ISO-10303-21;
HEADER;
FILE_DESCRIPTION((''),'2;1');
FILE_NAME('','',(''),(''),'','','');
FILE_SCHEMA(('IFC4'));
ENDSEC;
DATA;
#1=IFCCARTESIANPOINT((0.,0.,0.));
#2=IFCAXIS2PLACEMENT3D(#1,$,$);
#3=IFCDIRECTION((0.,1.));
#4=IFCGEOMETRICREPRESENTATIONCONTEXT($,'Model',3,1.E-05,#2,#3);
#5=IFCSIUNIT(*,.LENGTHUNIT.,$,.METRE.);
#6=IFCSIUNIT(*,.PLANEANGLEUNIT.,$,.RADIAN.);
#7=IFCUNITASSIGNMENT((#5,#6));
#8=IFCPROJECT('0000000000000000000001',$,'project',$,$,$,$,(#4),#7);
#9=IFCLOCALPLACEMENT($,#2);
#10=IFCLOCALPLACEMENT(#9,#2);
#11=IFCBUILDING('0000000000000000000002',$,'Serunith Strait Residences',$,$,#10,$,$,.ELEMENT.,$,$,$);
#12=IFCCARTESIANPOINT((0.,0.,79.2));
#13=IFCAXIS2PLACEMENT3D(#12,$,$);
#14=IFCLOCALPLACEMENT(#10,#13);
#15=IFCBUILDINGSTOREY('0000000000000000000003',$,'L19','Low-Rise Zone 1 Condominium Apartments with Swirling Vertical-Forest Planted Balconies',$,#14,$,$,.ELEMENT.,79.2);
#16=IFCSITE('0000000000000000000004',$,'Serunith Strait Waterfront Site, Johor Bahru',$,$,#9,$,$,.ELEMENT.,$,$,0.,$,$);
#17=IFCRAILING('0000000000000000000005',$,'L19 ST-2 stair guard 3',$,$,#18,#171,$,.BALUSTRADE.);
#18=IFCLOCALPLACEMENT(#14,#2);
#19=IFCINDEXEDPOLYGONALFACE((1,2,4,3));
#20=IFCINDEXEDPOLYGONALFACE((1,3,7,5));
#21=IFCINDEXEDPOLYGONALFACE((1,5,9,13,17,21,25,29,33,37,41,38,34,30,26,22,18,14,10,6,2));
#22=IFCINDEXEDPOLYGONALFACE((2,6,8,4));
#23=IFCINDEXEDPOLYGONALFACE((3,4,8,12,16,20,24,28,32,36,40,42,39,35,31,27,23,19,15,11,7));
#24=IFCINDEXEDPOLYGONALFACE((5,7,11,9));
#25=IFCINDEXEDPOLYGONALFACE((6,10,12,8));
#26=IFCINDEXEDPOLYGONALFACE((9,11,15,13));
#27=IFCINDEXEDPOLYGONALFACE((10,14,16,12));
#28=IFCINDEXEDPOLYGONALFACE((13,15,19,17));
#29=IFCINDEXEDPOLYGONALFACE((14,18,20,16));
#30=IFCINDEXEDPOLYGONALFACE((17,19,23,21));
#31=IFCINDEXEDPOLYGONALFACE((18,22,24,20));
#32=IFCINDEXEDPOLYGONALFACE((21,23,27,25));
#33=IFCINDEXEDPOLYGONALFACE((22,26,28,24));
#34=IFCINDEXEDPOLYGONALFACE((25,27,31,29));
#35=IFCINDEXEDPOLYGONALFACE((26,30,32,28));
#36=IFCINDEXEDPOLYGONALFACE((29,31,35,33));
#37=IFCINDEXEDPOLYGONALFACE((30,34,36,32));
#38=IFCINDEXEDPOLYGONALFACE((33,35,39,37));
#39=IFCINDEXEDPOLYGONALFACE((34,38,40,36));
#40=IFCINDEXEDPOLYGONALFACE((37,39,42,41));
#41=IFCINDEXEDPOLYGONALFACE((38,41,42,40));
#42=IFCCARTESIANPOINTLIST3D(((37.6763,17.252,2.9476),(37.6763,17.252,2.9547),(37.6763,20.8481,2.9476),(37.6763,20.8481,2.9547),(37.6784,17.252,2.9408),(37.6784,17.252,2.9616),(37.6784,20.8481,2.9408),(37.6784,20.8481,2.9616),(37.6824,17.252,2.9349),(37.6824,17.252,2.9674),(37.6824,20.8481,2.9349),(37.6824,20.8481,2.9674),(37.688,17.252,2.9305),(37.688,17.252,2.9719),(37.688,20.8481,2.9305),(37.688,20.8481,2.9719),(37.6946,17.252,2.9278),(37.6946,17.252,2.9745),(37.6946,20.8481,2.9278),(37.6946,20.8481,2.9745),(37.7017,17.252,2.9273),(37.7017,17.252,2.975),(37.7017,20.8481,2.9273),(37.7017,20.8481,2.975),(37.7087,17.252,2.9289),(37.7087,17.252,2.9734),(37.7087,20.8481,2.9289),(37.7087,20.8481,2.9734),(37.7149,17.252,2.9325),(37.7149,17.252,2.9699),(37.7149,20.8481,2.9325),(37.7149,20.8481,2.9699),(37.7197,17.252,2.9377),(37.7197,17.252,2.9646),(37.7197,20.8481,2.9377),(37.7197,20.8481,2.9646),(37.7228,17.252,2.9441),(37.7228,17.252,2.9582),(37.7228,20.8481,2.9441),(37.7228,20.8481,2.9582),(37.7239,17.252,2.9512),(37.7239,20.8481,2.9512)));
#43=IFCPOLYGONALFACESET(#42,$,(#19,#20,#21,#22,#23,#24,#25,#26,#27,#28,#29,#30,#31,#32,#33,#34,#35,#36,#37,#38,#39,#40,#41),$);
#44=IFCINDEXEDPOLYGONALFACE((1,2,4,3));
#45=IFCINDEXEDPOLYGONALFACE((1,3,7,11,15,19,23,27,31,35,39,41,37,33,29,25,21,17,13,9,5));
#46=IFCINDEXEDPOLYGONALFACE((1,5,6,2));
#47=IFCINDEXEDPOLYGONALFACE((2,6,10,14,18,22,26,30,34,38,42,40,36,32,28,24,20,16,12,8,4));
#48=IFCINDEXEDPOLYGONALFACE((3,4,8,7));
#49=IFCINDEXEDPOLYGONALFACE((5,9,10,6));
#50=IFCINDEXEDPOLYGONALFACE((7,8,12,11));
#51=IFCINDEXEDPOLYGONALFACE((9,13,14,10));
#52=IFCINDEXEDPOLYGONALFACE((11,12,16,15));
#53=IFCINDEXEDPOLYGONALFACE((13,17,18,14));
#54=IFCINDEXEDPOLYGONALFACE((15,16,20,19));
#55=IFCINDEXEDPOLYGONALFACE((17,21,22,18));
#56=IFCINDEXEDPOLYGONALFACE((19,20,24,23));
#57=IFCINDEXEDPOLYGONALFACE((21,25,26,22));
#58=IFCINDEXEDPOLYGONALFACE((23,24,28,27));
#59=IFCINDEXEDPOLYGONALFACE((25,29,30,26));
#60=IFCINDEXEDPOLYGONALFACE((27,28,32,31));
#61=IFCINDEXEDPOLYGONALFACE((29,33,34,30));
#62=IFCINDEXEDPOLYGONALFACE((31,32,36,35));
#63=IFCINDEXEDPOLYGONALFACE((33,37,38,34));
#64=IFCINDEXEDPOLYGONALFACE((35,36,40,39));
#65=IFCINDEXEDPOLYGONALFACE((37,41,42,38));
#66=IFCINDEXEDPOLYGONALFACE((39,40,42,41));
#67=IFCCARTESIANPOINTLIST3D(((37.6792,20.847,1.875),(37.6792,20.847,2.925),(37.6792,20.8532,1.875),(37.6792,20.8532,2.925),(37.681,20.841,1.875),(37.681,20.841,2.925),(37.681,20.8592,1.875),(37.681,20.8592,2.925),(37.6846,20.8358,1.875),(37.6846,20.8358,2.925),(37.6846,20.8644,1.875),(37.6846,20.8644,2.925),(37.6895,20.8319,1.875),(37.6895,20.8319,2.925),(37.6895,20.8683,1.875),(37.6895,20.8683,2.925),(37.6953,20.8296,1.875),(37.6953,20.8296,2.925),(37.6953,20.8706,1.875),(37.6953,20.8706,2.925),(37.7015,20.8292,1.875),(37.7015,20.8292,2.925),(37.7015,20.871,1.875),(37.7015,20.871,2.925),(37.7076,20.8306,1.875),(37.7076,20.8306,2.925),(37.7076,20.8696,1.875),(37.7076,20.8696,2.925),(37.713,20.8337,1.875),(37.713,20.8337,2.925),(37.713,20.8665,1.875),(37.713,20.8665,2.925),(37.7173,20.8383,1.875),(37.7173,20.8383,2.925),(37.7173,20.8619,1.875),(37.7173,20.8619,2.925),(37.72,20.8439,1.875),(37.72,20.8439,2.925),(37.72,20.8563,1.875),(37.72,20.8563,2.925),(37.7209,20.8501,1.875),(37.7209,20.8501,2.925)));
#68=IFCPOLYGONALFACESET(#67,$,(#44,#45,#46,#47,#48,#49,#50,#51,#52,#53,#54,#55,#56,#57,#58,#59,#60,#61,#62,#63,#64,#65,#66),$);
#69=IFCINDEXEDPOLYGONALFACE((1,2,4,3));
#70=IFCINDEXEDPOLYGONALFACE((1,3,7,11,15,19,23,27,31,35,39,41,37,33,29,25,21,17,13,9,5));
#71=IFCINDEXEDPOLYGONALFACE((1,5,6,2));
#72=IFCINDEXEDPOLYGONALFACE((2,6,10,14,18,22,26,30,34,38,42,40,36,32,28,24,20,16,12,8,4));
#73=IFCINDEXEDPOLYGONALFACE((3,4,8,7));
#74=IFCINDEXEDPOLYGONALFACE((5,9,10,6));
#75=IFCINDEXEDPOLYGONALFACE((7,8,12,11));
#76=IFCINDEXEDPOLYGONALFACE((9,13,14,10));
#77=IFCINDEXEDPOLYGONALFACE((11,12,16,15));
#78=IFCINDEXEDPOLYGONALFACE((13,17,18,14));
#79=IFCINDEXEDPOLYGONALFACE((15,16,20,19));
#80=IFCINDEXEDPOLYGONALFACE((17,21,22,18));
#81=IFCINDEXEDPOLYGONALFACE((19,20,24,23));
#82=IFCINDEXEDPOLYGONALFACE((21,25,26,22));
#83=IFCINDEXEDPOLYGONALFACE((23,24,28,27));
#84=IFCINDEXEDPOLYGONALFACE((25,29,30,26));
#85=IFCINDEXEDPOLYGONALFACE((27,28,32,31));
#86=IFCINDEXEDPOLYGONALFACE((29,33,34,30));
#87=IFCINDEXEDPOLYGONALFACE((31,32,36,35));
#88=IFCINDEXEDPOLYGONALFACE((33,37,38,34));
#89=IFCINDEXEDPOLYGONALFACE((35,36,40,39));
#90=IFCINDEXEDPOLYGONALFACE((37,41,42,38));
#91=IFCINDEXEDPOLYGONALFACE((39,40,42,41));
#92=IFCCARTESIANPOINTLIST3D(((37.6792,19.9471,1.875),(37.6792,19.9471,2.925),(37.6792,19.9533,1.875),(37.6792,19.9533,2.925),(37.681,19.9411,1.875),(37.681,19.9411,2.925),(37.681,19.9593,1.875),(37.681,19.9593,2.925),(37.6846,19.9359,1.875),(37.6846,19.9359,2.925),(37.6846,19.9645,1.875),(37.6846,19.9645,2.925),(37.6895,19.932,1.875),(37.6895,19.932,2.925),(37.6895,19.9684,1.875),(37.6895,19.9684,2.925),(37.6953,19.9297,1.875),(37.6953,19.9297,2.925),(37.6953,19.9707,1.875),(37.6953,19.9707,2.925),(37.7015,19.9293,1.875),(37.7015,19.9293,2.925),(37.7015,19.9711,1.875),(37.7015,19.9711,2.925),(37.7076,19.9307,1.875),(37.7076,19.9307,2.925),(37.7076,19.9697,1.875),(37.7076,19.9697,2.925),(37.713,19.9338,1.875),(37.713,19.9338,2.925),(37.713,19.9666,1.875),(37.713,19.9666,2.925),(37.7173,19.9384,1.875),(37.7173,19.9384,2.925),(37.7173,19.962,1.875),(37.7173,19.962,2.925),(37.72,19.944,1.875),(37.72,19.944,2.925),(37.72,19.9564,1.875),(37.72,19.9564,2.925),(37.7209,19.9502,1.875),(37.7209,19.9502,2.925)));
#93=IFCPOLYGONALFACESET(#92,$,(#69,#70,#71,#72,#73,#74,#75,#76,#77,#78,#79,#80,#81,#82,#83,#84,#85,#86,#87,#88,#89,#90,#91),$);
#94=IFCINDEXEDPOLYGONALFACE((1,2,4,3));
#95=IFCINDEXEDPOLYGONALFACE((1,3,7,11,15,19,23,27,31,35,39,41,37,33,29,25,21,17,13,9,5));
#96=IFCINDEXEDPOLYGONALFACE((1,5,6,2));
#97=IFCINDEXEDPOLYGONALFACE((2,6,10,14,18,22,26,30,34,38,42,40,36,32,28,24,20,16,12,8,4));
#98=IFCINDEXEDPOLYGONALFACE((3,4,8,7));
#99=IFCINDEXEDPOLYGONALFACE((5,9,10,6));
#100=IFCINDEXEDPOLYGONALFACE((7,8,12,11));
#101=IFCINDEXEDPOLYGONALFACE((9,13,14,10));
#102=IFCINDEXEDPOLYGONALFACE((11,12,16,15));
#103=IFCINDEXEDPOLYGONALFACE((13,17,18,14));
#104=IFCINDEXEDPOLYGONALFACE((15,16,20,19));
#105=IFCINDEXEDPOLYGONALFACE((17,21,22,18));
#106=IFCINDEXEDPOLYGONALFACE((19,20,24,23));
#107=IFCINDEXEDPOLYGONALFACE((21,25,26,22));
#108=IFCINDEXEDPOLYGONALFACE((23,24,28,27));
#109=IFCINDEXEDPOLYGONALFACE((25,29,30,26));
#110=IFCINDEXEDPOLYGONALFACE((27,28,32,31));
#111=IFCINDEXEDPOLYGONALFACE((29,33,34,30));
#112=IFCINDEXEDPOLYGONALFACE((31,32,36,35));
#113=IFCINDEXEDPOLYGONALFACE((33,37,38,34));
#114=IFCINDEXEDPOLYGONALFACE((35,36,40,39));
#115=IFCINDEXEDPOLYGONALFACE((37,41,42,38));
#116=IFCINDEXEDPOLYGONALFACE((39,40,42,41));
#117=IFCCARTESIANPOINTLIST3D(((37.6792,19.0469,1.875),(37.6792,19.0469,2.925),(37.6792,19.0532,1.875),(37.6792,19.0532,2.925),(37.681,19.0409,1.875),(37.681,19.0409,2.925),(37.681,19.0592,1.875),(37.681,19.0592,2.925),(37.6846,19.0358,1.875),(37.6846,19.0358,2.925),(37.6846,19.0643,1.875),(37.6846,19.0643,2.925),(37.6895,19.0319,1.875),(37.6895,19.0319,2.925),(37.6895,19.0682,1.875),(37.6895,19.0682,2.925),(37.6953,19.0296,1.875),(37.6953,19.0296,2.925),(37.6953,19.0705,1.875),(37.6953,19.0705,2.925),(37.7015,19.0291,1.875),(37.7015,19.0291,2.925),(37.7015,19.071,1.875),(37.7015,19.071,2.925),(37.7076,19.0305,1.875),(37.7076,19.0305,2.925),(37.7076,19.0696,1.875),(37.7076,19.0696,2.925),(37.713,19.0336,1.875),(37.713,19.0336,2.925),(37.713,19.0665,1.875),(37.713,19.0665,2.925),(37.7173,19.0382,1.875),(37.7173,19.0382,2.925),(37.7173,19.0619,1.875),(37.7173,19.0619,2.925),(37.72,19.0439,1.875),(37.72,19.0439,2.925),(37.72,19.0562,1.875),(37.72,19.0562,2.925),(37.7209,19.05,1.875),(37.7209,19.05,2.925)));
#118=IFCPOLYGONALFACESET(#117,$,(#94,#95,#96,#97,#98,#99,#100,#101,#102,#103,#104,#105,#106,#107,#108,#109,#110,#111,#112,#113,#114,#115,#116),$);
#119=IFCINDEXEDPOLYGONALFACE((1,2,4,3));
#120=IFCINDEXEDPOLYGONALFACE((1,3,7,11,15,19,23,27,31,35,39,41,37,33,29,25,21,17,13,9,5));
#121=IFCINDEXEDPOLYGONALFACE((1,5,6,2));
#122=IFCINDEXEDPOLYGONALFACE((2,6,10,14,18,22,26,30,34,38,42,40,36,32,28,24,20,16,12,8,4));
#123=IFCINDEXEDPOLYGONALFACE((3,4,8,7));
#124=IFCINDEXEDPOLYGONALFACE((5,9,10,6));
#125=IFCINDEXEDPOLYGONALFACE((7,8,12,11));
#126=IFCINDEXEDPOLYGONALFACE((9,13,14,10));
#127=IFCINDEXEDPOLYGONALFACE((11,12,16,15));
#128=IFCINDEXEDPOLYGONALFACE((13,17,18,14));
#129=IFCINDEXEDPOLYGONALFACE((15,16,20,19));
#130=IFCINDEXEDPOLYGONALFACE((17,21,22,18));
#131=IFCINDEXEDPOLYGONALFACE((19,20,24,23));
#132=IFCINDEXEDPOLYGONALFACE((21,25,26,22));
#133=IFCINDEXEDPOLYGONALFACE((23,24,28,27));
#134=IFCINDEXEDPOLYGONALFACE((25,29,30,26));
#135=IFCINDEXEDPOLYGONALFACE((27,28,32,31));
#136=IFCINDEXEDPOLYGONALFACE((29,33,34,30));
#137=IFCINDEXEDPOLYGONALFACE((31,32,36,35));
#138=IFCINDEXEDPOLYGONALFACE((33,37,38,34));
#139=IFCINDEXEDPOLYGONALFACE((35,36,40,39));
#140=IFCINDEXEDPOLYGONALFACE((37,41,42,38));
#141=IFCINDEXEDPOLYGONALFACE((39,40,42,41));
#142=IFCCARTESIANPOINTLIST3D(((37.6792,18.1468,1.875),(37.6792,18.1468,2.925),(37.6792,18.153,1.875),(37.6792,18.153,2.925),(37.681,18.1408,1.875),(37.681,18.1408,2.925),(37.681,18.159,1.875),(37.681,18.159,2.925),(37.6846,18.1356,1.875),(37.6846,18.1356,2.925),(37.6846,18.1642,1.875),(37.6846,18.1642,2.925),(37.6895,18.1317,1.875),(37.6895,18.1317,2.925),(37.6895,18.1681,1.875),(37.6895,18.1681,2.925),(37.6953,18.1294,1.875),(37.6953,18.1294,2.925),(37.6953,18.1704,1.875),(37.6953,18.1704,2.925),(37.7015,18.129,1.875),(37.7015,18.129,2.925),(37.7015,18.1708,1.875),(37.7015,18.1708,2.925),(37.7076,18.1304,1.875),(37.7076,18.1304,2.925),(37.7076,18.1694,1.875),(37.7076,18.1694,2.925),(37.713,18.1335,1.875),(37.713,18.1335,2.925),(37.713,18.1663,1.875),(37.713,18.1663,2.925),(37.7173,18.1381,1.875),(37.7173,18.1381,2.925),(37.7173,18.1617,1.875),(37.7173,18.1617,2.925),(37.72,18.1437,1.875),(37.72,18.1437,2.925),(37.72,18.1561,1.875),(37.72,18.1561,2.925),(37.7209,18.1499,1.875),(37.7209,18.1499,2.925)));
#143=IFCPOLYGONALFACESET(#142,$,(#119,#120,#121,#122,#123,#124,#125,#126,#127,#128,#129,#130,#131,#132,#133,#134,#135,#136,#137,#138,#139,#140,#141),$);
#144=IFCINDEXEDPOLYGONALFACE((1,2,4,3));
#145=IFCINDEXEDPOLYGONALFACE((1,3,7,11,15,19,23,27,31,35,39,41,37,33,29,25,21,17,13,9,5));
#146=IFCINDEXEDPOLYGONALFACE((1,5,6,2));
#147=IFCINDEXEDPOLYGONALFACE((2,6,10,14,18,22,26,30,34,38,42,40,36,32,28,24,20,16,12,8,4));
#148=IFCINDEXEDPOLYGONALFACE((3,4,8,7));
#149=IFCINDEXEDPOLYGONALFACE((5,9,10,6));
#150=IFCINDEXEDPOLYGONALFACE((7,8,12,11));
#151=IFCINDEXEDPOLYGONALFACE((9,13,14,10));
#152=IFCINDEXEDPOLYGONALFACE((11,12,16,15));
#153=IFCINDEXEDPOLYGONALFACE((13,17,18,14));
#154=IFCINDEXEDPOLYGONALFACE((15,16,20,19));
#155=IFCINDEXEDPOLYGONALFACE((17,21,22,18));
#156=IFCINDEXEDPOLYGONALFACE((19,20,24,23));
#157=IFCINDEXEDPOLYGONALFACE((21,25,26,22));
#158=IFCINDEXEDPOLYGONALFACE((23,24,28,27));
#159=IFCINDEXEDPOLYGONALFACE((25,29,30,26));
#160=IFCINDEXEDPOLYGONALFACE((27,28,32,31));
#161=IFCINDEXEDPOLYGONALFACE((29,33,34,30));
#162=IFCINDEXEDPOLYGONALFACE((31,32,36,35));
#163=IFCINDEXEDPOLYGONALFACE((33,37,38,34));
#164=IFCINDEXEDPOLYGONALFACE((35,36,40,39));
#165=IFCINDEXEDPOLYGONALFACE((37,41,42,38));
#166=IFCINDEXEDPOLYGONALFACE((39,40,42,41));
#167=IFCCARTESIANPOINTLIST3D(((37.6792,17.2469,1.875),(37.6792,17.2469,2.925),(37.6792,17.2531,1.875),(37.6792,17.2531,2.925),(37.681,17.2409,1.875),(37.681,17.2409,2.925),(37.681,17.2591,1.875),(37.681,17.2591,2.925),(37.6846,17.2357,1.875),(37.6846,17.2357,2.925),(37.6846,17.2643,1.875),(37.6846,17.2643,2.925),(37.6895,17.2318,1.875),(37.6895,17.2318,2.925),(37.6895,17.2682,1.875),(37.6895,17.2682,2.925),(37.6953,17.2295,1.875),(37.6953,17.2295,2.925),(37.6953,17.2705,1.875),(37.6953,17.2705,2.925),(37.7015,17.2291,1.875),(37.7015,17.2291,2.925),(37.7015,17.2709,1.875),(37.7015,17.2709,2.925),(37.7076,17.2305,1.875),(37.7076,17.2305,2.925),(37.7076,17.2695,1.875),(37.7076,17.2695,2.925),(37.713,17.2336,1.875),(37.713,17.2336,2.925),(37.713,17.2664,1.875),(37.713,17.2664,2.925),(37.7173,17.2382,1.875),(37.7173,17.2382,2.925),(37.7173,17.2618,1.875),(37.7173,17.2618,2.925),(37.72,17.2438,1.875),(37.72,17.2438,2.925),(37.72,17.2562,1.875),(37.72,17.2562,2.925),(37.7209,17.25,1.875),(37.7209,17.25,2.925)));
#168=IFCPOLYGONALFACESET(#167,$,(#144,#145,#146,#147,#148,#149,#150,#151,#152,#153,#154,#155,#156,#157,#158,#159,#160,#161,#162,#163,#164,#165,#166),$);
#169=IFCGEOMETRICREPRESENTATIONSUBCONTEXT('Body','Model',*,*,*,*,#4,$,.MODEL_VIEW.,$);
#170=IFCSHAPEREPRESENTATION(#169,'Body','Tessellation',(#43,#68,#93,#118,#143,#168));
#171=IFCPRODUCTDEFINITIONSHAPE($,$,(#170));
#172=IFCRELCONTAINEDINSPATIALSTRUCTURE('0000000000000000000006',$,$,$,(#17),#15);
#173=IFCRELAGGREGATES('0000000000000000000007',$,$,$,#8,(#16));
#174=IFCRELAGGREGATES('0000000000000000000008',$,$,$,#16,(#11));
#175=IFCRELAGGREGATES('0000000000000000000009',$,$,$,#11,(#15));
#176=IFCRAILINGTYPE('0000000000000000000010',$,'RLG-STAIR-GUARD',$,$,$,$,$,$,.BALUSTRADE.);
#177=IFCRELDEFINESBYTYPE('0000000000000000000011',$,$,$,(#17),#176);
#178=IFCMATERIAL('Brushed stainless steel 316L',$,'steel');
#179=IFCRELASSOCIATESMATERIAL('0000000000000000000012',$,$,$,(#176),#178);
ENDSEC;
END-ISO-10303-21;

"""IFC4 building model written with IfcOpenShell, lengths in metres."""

from ifc_helpers import new_model, si_unit, direction, frame, origin, origin_2d, place, context, subcontext, project, spatial, circle, extrude, material, type_object, element, save


model = new_model("IFC4")

# Units and contexts
model_context = context("Model", 3, precision=1e-05, world=origin(), true_north=direction((0.0, 1.0)))
body_context = subcontext(model_context, "Body", "Model", "MODEL_VIEW")
ifc_project = project(units=[si_unit("LENGTHUNIT", "METRE"), si_unit("PLANEANGLEUNIT", "RADIAN")], contexts=[model_context])

# Site, building, storey
site_placement = place(None, origin())
site = spatial("IfcSite", under=ifc_project, at=site_placement, Name="Serunith Strait Waterfront Site, Johor Bahru", CompositionType="ELEMENT", RefElevation=0.0)
building_placement = place(site_placement, origin())
building = spatial("IfcBuilding", under=site, at=building_placement, Name="Serunith Strait Residences", CompositionType="ELEMENT")
storey_placement = place(building_placement, frame((0.0, 0.0, 79.2)))
storey = spatial("IfcBuildingStorey", under=building, at=storey_placement, Name="L19", Description="Low-Rise Zone 1 Condominium Apartments with Swirling Vertical-Forest Planted Balconies", CompositionType="ELEMENT", Elevation=79.2)

# Railing
ifc_material_1 = material(Name="Brushed stainless steel 316L", Category="steel")
railing_type_1 = type_object("IfcRailingType", Name="RLG-STAIR-GUARD", PredefinedType="BALUSTRADE", material=ifc_material_1)
for number, where, name in (
    (1, (37.7, 20.8501, 1.875), "L19 ST-2 stair guard 3"),
):
    element("IfcRailing", number, at=place(storey_placement, frame(where)), inside=storey, type_object=railing_type_1, Name=name, PredefinedType="BALUSTRADE", context=body_context, shape_type="SweptSolid", body=[
        extrude(circle(Radius=0.0239, at=origin_2d()), frame((0.0, -0.002, 1.0762), z_axis=(0.0, -1.0, 0.0), x_axis=(1.0, 0.0, 0.0)), (0.0, 0.0, 1.0), 3.5962),
        extrude(circle(Radius=0.021, at=origin_2d()), origin(), (0.0, 0.0, 1.0), 1.05),
        extrude(circle(Radius=0.021, at=origin_2d()), frame((0.0, -0.8999, 0.0)), (0.0, 0.0, 1.0), 1.05),
        extrude(circle(Radius=0.021, at=origin_2d()), frame((0.0, -1.8, 0.0)), (0.0, 0.0, 1.0), 1.05),
        extrude(circle(Radius=0.021, at=origin_2d()), frame((0.0, -2.7002, 0.0)), (0.0, 0.0, 1.0), 1.05),
        extrude(circle(Radius=0.021, at=origin_2d()), frame((0.0, -3.6001, 0.0)), (0.0, 0.0, 1.0), 1.05),
    ])

save(model, "model.ifc")
